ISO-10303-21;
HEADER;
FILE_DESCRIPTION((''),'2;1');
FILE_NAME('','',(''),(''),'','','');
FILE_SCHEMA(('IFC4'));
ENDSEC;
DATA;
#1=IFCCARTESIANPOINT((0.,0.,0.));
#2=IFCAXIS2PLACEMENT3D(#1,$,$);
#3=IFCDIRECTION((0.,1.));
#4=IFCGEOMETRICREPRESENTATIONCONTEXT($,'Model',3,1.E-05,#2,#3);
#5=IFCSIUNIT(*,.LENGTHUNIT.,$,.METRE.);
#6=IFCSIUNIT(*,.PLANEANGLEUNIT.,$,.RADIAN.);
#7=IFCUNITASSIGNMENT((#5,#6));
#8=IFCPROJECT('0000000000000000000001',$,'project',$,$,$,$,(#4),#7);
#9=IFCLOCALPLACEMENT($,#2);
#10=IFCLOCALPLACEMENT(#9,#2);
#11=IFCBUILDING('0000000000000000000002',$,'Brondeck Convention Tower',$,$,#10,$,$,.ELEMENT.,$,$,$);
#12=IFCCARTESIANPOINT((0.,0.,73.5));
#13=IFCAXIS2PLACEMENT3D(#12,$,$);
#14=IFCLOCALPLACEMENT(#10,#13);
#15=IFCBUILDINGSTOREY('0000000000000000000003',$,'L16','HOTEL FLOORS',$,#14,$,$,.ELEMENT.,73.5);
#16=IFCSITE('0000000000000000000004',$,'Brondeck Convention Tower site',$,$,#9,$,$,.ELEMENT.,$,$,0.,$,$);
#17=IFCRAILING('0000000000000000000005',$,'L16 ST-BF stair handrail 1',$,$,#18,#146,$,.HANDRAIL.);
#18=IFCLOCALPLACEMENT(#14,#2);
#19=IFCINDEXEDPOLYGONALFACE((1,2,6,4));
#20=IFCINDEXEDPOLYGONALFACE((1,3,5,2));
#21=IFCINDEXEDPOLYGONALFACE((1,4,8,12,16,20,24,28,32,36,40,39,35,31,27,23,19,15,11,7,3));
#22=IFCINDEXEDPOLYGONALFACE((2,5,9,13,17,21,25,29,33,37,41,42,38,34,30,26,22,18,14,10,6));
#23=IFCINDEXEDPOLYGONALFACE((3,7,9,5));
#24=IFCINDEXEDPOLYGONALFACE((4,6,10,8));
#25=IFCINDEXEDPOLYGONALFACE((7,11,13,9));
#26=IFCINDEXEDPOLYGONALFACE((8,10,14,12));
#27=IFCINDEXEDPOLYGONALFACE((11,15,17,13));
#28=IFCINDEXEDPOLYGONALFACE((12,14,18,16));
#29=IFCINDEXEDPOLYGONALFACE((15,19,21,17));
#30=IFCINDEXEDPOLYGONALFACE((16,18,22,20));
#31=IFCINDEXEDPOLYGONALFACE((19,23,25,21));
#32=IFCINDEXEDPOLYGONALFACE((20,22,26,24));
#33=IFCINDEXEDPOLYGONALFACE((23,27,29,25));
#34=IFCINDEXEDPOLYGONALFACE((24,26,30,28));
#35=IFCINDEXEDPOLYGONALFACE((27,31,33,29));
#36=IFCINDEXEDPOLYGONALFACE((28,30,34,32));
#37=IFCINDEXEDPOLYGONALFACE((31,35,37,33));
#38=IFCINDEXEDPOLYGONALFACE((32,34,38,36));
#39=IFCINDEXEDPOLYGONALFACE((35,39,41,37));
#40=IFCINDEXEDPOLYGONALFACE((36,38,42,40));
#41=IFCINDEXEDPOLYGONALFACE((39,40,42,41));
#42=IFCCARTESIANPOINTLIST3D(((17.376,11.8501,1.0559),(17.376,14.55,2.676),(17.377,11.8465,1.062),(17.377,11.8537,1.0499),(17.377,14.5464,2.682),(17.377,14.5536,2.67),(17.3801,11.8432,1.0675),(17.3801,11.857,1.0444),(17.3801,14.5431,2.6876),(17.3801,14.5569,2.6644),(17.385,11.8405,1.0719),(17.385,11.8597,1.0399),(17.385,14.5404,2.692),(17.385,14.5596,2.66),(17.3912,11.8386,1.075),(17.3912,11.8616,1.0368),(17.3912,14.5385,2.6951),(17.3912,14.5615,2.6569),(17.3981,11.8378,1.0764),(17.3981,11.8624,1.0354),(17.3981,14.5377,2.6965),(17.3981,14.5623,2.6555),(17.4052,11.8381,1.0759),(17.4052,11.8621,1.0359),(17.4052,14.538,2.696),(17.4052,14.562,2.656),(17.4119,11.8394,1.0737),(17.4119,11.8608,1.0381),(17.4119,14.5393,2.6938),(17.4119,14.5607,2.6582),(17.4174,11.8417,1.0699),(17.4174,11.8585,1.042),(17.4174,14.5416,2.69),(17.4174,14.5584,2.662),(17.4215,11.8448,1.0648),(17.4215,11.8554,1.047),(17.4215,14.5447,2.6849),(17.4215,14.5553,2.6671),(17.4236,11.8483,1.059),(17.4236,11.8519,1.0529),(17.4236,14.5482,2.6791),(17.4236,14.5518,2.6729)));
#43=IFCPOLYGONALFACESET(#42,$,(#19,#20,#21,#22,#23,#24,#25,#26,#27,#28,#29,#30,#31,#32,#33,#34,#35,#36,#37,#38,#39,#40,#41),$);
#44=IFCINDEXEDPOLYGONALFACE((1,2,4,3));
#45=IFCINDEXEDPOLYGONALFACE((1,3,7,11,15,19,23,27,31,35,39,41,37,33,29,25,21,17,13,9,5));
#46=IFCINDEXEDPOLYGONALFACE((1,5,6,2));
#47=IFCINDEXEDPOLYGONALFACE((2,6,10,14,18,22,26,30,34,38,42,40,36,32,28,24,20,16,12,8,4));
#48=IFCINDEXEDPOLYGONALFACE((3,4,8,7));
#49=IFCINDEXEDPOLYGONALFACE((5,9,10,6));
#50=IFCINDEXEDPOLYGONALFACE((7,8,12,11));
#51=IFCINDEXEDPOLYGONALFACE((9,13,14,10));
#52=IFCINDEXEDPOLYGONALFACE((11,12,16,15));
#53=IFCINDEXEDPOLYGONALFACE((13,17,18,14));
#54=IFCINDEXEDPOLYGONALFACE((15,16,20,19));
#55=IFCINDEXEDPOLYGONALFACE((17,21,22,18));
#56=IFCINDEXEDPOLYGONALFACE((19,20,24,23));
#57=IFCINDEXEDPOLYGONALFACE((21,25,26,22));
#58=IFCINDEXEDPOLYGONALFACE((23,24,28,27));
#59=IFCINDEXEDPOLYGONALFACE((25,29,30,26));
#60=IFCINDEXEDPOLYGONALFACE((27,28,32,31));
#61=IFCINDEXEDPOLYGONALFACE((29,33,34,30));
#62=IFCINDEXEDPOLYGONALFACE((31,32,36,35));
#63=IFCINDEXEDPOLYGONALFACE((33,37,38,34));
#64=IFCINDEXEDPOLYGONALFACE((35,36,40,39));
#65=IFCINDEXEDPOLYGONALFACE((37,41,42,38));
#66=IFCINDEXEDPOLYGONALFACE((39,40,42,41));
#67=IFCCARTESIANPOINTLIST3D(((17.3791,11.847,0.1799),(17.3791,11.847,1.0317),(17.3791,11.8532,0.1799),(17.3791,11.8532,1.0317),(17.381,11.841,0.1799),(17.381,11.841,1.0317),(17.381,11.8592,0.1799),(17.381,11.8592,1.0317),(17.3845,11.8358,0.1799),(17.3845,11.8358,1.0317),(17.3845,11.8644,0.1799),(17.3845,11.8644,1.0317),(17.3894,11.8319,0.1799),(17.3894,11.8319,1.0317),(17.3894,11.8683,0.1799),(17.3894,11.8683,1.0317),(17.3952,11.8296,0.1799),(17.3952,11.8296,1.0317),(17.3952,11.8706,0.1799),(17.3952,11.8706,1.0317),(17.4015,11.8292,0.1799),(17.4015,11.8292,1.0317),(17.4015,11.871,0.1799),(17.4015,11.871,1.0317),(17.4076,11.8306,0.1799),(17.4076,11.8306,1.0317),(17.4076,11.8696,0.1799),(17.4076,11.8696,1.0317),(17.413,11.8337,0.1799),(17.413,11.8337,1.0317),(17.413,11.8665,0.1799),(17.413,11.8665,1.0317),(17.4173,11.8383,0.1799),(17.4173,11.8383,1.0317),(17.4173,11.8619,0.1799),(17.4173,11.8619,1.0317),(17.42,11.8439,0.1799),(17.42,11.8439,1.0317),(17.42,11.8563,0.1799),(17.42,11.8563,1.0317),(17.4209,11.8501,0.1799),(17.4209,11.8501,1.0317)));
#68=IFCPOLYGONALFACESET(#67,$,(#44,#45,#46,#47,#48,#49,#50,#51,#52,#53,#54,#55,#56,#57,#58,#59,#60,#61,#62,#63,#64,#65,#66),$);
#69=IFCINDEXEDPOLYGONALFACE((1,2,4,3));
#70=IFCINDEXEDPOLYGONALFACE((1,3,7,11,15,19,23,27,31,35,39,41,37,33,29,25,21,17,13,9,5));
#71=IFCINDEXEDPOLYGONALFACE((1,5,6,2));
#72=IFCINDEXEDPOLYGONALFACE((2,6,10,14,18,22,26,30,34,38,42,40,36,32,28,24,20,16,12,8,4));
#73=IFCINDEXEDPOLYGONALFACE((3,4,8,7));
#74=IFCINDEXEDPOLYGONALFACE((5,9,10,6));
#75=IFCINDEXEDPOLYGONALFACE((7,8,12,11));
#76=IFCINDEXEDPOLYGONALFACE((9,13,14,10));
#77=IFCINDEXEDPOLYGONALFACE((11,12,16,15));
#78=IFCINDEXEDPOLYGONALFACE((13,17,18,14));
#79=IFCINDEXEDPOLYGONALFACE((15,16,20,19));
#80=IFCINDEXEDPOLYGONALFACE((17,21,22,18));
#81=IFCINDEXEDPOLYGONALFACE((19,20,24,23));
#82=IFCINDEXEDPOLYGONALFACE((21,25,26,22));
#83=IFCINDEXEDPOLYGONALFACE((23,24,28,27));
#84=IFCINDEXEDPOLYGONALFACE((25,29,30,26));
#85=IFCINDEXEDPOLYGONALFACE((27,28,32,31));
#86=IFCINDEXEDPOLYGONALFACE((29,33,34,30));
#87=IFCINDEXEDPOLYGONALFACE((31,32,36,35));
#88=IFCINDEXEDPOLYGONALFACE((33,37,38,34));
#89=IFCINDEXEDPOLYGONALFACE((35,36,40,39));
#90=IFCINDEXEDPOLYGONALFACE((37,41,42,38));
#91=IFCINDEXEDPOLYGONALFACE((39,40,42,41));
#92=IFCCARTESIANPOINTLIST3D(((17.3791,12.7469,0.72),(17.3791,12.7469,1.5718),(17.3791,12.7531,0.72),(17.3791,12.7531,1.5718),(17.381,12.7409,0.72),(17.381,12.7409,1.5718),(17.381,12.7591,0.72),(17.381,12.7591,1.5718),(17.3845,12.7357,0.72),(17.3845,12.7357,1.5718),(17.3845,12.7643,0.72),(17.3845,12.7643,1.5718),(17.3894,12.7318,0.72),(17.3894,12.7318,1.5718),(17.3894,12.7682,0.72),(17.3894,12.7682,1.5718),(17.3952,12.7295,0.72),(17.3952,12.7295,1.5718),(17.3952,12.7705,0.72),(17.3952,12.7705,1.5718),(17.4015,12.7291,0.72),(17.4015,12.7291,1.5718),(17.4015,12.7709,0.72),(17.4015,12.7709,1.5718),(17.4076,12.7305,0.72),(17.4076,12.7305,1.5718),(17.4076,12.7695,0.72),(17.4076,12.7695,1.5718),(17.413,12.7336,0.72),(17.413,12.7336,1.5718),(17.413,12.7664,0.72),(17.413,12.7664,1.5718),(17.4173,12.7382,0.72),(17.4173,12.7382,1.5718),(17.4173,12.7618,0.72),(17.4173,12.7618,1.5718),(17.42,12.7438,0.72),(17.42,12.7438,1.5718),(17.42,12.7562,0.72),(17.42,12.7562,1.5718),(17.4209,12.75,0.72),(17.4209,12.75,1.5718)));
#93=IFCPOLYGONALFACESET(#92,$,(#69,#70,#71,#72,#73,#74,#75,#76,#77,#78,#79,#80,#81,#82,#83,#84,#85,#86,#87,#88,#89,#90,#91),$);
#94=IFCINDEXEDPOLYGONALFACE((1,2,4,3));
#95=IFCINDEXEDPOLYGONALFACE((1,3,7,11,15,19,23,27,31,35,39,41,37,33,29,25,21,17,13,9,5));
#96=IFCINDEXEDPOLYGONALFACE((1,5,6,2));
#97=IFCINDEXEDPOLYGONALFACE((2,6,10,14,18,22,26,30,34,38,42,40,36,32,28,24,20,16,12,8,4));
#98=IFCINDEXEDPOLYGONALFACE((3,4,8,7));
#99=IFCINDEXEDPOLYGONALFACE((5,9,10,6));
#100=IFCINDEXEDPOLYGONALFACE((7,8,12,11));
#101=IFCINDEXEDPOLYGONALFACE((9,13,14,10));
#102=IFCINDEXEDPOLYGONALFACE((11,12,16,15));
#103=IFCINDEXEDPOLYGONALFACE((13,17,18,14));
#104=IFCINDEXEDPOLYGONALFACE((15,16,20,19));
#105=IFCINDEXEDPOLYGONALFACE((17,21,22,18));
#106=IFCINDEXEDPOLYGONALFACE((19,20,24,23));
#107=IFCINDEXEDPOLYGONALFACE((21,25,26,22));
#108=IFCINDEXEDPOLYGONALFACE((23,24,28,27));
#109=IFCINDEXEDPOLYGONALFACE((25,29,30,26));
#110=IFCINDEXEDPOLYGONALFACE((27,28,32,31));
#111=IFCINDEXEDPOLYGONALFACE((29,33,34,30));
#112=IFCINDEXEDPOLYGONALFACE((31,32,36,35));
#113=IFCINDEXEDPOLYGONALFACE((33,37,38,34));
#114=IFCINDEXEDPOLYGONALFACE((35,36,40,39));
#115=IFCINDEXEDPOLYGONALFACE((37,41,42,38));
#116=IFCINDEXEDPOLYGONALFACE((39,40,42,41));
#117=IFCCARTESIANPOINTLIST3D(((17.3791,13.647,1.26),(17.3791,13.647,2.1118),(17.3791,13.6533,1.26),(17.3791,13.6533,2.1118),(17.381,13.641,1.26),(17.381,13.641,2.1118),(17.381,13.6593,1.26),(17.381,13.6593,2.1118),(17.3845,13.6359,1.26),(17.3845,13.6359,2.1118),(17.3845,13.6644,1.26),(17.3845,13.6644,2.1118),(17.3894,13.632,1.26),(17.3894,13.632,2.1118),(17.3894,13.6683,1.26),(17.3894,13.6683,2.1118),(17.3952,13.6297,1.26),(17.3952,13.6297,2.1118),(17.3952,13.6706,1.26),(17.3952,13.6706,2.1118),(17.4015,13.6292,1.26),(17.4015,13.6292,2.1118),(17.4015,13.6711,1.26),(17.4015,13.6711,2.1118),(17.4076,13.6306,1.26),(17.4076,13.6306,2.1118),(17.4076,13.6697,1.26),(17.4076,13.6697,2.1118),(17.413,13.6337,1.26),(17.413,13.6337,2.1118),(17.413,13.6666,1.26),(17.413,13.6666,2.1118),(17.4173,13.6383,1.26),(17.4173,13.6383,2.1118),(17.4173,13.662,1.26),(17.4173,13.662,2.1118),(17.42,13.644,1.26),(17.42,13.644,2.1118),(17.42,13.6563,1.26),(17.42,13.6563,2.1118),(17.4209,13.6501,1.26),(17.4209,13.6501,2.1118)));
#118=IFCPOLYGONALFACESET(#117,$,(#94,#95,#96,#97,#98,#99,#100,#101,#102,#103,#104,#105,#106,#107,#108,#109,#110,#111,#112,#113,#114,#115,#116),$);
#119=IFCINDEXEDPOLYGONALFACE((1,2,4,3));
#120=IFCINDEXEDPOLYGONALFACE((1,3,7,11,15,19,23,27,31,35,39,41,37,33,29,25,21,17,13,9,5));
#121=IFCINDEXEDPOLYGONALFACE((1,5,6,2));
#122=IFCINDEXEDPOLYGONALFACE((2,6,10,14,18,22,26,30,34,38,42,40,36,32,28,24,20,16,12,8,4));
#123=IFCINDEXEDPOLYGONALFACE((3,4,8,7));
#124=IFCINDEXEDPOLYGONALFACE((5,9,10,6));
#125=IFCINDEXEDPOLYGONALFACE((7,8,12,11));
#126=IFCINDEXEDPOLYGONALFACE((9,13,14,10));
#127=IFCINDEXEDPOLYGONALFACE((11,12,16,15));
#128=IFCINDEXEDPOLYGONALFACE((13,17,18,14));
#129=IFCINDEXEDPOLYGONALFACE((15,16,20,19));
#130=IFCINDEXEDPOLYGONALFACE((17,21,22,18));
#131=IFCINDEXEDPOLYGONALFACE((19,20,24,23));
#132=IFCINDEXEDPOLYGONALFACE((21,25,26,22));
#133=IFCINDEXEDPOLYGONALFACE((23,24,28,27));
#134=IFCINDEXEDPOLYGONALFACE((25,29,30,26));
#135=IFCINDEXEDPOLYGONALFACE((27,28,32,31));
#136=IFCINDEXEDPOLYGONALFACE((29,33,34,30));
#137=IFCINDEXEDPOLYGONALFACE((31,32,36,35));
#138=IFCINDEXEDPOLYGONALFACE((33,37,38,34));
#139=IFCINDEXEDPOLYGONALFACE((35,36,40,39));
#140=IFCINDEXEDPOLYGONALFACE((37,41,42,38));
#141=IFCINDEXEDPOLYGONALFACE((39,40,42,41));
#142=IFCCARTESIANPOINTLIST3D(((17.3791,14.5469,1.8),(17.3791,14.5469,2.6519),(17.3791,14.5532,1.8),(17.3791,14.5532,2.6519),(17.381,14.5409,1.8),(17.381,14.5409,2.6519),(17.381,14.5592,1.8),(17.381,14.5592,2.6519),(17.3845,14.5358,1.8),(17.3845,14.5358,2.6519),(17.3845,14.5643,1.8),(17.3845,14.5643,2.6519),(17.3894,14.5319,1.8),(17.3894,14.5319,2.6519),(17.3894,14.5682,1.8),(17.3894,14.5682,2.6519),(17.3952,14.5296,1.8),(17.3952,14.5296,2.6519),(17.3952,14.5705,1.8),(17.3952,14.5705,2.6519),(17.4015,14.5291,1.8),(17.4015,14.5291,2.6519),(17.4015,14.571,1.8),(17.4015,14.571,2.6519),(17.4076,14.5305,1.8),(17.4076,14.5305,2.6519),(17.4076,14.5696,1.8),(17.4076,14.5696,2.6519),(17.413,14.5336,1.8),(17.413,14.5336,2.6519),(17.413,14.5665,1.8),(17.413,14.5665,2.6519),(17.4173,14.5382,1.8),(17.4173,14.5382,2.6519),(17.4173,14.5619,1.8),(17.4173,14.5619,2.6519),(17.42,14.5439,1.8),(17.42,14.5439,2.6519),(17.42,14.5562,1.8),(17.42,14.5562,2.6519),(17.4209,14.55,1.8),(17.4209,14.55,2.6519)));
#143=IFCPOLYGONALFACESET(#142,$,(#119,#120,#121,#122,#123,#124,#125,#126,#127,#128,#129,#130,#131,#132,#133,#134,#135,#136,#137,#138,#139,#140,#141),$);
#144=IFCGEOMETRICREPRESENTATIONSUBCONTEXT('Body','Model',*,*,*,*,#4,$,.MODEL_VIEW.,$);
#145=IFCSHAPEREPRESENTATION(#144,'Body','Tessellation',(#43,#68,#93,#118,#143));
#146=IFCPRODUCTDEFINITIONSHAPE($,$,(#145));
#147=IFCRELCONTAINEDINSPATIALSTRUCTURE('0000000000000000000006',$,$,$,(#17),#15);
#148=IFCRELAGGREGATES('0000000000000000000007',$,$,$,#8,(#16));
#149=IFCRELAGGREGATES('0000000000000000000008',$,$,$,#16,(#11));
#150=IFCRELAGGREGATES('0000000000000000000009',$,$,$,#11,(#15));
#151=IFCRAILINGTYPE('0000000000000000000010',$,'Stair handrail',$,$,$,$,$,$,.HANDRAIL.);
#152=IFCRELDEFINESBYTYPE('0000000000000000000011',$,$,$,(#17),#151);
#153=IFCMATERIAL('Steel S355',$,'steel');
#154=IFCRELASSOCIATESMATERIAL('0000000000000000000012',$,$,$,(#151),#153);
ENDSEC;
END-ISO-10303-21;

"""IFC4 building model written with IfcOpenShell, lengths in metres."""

from ifc_helpers import new_model, si_unit, direction, frame, origin, origin_2d, place, context, subcontext, project, spatial, circle, extrude, material, type_object, element, save


model = new_model("IFC4")

# Units and contexts
model_context = context("Model", 3, precision=1e-05, world=origin(), true_north=direction((0.0, 1.0)))
body_context = subcontext(model_context, "Body", "Model", "MODEL_VIEW")
ifc_project = project(units=[si_unit("LENGTHUNIT", "METRE"), si_unit("PLANEANGLEUNIT", "RADIAN")], contexts=[model_context])

# Site, building, storey
site_placement = place(None, origin())
site = spatial("IfcSite", under=ifc_project, at=site_placement, Name="Brondeck Convention Tower site", CompositionType="ELEMENT", RefElevation=0.0)
building_placement = place(site_placement, origin())
building = spatial("IfcBuilding", under=site, at=building_placement, Name="Brondeck Convention Tower", CompositionType="ELEMENT")
storey_placement = place(building_placement, frame((0.0, 0.0, 73.5)))
storey = spatial("IfcBuildingStorey", under=building, at=storey_placement, Name="L16", Description="HOTEL FLOORS", CompositionType="ELEMENT", Elevation=73.5)

# Shared definitions
ifc_material_1 = material(Name="Steel S355", Category="steel")

# Railing
railing_type_1 = type_object("IfcRailingType", Name="Stair handrail", PredefinedType="HANDRAIL", material=ifc_material_1)
railing_1_placement = place(storey_placement, frame((17.3999, 11.8501, 0.1799)))
element("IfcRailing", 1, at=railing_1_placement, inside=storey, type_object=railing_type_1, Name="L16 ST-BF stair handrail 1", PredefinedType="HANDRAIL", context=body_context, shape_type="SweptSolid", body=[
    extrude(circle(Radius=0.0239, at=origin_2d()), frame((0.0, 0.0, 0.876), z_axis=(0.0, 0.857472, 0.51453), x_axis=(-1.0, 0.0, 0.0)), (0.0, 0.0, 1.0), 3.1487),
    extrude(circle(Radius=0.021, at=origin_2d()), origin(), (0.0, 0.0, 1.0), 0.8518),
    extrude(circle(Radius=0.021, at=origin_2d()), frame((0.0, 0.8999, 0.54)), (0.0, 0.0, 1.0), 0.8518),
    extrude(circle(Radius=0.021, at=origin_2d()), frame((0.0, 1.8, 1.0801)), (0.0, 0.0, 1.0), 0.8518),
    extrude(circle(Radius=0.021, at=origin_2d()), frame((0.0, 2.7, 1.6201)), (0.0, 0.0, 1.0), 0.8518),
])

save(model, "model.ifc")
